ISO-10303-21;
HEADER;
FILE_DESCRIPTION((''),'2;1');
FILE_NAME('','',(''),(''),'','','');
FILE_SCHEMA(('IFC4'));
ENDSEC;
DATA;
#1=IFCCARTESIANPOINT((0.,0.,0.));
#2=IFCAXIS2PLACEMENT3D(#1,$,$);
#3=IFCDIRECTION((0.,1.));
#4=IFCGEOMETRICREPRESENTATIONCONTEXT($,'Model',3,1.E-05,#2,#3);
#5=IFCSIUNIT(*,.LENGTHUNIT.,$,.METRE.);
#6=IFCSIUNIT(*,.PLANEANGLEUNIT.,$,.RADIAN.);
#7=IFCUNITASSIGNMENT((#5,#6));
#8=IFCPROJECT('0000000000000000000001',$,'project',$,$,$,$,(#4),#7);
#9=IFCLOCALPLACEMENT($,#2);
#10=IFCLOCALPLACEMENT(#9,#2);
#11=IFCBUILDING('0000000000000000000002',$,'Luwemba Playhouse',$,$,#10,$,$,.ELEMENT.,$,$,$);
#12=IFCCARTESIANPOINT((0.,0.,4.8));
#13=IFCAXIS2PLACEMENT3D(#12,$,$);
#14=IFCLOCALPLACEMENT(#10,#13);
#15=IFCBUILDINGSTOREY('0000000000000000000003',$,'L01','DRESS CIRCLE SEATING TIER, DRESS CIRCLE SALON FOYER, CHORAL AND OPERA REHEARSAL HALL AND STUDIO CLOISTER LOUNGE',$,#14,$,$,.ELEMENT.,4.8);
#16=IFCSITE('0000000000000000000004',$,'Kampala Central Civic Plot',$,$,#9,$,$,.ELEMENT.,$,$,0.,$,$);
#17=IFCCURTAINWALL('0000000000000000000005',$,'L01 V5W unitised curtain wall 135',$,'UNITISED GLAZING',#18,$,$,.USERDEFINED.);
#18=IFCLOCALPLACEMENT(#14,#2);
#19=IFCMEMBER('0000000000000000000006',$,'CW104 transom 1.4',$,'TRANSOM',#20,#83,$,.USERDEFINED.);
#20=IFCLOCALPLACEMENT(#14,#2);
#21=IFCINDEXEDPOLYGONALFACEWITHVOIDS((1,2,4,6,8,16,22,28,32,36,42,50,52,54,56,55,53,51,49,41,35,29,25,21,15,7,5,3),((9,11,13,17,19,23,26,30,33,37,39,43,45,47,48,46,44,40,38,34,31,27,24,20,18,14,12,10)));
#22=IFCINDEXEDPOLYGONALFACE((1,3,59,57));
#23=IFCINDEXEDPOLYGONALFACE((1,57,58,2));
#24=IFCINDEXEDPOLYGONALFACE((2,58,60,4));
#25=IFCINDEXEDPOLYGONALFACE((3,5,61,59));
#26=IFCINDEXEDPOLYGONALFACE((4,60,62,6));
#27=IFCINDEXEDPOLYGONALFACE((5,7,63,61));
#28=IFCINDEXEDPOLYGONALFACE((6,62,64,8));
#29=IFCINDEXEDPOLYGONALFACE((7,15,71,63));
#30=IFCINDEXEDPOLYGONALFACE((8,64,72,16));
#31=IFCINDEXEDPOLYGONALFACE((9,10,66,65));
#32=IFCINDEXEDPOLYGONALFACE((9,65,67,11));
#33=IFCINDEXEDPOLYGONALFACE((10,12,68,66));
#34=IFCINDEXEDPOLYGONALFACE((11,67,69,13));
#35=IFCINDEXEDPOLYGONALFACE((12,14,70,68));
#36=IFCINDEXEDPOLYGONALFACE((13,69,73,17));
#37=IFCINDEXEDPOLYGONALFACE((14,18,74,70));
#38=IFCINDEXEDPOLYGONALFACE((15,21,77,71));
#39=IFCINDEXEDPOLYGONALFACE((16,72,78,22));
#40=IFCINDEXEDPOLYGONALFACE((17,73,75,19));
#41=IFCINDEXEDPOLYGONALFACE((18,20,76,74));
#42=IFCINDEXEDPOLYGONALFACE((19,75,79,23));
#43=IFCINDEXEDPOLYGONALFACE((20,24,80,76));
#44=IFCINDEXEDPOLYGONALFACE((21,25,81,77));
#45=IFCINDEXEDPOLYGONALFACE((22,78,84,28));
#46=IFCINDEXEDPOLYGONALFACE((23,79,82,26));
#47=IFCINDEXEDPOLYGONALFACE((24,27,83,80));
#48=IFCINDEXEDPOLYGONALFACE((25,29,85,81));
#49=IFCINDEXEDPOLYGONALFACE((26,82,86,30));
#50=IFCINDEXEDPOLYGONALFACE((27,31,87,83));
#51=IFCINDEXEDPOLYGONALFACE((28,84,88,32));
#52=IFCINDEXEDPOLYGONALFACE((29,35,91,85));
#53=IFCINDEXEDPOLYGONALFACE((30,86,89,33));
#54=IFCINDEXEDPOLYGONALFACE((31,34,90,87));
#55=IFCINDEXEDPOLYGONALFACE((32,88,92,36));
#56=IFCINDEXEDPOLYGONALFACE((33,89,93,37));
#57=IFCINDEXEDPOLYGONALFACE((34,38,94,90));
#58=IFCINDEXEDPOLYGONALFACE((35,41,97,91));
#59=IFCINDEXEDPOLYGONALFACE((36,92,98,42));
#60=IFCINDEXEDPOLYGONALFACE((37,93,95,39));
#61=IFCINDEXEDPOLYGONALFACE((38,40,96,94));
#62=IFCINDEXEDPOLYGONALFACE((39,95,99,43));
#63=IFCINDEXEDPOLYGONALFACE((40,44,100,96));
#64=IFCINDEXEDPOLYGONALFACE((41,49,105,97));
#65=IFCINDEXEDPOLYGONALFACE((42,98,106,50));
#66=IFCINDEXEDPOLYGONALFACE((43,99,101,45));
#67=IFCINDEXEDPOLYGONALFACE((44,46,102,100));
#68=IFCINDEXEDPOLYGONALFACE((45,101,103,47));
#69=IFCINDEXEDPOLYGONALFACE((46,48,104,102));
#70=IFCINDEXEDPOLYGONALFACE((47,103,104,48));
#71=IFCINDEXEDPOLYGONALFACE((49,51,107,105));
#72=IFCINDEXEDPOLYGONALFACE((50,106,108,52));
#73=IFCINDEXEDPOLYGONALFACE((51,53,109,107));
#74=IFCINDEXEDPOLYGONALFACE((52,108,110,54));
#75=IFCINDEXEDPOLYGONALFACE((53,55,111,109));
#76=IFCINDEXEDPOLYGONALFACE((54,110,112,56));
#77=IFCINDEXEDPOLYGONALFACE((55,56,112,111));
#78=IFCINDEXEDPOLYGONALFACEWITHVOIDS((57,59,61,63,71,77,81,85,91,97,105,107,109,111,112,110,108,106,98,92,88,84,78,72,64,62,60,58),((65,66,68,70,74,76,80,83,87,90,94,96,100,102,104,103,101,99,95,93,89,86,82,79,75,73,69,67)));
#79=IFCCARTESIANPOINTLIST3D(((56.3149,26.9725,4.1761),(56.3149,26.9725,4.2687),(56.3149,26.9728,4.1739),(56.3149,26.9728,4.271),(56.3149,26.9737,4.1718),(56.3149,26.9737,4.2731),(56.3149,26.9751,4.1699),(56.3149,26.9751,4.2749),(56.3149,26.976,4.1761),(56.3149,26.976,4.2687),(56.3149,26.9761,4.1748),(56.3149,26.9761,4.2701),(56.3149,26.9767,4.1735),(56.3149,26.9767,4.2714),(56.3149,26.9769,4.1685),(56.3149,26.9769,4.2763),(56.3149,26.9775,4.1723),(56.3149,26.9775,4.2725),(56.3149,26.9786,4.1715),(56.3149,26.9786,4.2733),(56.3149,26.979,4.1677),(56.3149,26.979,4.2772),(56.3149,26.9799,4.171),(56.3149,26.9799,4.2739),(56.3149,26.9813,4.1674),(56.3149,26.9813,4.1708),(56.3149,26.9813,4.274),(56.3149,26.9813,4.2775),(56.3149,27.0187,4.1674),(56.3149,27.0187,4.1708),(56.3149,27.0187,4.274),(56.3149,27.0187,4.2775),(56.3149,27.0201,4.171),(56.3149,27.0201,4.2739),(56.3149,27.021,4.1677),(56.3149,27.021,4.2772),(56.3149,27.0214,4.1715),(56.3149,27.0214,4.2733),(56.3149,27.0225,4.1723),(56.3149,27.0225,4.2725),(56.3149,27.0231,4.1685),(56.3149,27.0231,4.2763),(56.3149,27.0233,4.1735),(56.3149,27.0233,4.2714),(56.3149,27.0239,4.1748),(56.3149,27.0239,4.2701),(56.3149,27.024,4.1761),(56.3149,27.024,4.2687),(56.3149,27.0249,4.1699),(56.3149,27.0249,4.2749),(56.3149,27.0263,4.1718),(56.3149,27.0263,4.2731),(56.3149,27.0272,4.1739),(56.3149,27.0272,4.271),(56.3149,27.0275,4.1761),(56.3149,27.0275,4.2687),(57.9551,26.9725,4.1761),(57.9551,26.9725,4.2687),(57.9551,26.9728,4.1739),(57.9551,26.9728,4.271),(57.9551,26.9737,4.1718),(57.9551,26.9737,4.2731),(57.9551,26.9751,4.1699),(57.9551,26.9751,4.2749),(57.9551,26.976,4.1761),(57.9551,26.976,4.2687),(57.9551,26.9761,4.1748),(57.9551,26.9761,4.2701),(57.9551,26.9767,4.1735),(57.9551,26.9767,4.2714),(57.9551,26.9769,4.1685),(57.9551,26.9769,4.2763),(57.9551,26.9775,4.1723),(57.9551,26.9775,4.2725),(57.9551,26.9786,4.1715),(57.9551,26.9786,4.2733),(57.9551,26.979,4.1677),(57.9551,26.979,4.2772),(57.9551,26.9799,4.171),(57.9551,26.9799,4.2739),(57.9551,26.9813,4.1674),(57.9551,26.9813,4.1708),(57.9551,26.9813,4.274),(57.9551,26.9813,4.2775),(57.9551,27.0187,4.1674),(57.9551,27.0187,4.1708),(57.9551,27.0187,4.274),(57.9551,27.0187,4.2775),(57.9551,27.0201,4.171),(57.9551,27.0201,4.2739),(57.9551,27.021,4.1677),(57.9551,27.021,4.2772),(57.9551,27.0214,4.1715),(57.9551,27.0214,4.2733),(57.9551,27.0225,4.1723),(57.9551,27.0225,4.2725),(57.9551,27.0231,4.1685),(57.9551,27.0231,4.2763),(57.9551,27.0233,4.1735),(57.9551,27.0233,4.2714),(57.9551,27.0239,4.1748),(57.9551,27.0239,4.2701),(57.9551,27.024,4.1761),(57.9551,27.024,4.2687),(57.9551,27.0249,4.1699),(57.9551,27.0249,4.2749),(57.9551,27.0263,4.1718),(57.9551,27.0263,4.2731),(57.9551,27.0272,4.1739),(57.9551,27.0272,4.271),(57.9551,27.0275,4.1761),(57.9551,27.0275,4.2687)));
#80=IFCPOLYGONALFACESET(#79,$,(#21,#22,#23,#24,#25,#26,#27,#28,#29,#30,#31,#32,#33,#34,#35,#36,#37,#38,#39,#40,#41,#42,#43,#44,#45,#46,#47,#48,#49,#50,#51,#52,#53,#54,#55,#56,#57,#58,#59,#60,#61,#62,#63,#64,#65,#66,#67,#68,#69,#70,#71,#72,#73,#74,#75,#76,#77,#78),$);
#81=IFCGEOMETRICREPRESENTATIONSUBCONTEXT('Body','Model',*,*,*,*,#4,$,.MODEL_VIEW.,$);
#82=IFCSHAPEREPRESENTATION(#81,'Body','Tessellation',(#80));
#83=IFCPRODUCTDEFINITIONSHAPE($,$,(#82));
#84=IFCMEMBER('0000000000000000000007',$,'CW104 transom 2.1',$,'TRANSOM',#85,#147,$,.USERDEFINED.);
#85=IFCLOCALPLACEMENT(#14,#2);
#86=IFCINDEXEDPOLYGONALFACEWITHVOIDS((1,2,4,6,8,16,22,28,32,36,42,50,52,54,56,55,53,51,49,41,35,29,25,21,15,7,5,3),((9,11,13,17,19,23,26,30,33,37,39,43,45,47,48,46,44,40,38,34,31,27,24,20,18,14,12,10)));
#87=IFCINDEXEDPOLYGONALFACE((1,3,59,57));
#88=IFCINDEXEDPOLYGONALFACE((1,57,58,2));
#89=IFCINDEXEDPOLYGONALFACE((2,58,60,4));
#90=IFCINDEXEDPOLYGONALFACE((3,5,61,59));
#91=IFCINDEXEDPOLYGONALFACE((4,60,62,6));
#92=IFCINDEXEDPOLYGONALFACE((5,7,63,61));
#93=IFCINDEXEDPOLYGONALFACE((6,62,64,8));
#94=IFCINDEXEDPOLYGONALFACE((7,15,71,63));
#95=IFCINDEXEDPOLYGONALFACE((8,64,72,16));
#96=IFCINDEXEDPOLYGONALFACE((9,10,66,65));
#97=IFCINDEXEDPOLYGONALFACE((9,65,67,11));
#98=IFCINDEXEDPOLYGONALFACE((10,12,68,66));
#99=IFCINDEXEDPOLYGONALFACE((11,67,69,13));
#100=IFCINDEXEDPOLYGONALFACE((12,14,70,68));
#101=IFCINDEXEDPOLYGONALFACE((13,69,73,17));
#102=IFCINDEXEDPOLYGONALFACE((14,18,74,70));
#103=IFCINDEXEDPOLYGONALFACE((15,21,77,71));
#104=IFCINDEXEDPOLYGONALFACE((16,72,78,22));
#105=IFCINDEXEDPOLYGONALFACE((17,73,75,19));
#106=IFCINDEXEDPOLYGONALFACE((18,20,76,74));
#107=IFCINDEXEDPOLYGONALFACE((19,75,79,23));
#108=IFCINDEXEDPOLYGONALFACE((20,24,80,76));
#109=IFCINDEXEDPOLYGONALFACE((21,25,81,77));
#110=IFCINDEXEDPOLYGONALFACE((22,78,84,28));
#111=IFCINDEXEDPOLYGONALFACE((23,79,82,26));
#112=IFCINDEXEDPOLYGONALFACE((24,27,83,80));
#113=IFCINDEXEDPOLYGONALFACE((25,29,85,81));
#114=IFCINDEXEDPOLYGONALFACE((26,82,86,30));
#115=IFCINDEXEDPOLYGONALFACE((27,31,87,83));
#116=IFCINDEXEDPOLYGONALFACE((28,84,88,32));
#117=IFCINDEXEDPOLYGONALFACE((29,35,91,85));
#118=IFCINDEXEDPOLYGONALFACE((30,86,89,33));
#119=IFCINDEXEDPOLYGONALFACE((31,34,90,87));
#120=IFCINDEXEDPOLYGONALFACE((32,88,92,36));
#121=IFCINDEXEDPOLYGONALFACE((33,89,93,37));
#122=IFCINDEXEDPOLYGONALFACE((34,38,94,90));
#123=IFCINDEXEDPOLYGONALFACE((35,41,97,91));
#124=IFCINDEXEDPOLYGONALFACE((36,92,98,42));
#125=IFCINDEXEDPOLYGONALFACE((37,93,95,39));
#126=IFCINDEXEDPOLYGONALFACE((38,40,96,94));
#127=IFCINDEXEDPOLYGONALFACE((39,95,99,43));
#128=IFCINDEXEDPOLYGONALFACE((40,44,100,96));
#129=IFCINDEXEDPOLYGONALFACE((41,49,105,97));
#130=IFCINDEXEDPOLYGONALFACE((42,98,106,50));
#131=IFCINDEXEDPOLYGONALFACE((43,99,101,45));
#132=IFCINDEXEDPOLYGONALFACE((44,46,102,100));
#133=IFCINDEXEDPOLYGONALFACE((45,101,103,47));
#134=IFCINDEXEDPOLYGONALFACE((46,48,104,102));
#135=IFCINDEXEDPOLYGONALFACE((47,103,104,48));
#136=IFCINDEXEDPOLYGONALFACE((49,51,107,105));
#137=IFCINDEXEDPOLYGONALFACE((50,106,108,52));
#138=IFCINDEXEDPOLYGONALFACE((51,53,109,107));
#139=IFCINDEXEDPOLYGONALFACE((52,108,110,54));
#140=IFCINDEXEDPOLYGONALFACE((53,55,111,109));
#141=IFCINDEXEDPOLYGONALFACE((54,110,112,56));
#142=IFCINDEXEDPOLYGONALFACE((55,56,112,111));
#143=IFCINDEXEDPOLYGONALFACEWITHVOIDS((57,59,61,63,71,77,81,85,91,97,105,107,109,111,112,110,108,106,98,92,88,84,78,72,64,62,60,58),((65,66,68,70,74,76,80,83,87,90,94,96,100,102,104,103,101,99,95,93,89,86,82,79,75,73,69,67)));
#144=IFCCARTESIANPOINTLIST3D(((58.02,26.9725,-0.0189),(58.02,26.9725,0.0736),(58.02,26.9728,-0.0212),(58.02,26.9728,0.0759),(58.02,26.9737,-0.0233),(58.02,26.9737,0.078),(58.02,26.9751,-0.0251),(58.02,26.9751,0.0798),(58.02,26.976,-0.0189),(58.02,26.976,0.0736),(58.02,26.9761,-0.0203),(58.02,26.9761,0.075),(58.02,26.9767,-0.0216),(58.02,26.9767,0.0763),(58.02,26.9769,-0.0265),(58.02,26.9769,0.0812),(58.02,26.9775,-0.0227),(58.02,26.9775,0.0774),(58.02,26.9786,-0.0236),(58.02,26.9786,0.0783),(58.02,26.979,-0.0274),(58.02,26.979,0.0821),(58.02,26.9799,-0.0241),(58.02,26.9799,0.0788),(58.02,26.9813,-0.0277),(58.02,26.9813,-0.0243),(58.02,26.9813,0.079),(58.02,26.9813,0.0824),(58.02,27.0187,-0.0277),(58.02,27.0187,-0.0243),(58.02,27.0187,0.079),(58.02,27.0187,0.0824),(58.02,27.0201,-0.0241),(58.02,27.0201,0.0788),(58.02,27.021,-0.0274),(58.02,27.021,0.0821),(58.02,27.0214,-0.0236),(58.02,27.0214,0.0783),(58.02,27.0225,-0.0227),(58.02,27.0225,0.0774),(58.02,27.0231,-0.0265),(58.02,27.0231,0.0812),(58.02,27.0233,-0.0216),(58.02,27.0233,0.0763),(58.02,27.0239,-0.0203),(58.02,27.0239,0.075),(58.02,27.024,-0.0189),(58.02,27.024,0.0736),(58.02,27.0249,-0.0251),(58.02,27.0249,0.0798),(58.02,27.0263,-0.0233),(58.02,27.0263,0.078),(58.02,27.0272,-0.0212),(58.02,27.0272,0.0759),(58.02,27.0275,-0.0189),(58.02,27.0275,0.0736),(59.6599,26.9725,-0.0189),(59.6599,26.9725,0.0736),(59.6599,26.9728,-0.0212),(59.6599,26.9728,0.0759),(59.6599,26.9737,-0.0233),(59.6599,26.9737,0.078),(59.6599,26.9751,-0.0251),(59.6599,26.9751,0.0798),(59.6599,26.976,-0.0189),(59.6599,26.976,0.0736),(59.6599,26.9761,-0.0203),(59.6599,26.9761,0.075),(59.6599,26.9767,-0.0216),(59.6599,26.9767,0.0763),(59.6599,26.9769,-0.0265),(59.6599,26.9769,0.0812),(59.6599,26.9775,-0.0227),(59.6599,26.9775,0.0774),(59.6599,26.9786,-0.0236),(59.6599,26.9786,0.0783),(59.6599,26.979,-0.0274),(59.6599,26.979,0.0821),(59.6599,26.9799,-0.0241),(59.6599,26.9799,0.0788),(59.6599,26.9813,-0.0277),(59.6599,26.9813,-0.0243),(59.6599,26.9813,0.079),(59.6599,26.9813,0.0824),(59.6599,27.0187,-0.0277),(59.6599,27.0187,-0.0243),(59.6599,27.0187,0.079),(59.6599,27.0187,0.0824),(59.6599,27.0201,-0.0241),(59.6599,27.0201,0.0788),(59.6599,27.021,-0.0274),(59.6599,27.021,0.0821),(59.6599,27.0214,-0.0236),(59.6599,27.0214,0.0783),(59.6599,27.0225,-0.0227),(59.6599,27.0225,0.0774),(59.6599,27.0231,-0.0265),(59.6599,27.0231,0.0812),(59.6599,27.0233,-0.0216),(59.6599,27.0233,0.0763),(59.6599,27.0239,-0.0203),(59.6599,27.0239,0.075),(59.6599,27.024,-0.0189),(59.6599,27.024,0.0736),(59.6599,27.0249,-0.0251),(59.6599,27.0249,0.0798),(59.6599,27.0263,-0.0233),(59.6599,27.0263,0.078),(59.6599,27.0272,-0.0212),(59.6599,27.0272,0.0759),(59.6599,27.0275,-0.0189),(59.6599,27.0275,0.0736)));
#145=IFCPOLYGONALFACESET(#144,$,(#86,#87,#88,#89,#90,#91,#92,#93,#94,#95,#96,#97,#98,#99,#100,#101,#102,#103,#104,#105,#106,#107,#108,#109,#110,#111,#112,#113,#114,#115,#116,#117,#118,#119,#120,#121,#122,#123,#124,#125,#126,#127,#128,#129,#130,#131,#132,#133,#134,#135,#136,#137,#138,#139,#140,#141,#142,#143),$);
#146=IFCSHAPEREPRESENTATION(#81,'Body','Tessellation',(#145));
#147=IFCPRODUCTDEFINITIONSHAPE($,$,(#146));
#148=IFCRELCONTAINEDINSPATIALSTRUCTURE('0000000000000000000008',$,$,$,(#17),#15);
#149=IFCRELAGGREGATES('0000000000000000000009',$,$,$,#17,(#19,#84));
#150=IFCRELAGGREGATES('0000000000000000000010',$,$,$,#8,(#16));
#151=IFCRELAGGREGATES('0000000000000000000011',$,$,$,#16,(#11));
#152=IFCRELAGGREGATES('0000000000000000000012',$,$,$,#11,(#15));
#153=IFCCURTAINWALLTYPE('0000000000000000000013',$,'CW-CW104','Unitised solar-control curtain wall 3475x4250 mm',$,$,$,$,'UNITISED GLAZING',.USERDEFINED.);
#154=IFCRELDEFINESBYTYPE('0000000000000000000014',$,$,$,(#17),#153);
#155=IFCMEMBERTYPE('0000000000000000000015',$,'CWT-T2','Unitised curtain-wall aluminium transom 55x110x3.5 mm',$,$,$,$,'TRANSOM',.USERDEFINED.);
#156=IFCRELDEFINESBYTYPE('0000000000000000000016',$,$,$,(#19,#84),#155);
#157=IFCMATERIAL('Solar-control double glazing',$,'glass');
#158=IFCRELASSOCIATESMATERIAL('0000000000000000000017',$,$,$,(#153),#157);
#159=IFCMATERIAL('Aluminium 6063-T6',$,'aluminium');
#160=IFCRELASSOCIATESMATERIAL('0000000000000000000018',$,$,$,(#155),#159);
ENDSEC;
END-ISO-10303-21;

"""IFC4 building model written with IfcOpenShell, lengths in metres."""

from ifc_helpers import new_model, si_unit, direction, frame, origin, origin_2d, place, context, subcontext, project, spatial, hollow_rectangle, extrude, material, material_profile, profile_set, type_object, element, aggregate, save


model = new_model("IFC4")

# Units and contexts
model_context = context("Model", 3, precision=1e-05, world=origin(), true_north=direction((0.0, 1.0)))
body_context = subcontext(model_context, "Body", "Model", "MODEL_VIEW")
ifc_project = project(units=[si_unit("LENGTHUNIT", "METRE"), si_unit("PLANEANGLEUNIT", "RADIAN")], contexts=[model_context])

# Site, building, storey
site_placement = place(None, origin())
site = spatial("IfcSite", under=ifc_project, at=site_placement, Name="Kampala Central Civic Plot", CompositionType="ELEMENT", RefElevation=0.0)
building_placement = place(site_placement, origin())
building = spatial("IfcBuilding", under=site, at=building_placement, Name="Luwemba Playhouse", CompositionType="ELEMENT")
storey_placement = place(building_placement, frame((0.0, 0.0, 4.8)))
storey = spatial("IfcBuildingStorey", under=building, at=storey_placement, Name="L01", Description="DRESS CIRCLE SEATING TIER, DRESS CIRCLE SALON FOYER, CHORAL AND OPERA REHEARSAL HALL AND STUDIO CLOISTER LOUNGE", CompositionType="ELEMENT", Elevation=4.8)

# Curtain wall
ifc_material_1 = material(Name="Solar-control double glazing", Category="glass")
ifc_material_2 = material(Name="Aluminium 6063-T6", Category="aluminium")
curtain_wall_type_1 = type_object("IfcCurtainWallType", Name="CW-CW104", Description="Unitised solar-control curtain wall 3475x4250 mm", ElementType="UNITISED GLAZING", PredefinedType="USERDEFINED", material=ifc_material_1)
curtain_wall_1_placement = place(storey_placement, origin())
curtain_wall_1 = element("IfcCurtainWall", 1, at=curtain_wall_1_placement, inside=storey, type_object=curtain_wall_type_1, Name="L01 V5W unitised curtain wall 135", ObjectType="UNITISED GLAZING", PredefinedType="USERDEFINED")

# Members
ifc_material_profile_1 = material_profile(ifc_material_2, hollow_rectangle(XDim=0.0549, YDim=0.1101, WallThickness=0.0034, InnerFilletRadius=0.0054, OuterFilletRadius=0.0088, at=origin_2d()))
ifc_profile_set_1 = profile_set([ifc_material_profile_1], Name="Aluminium 6063-T6")
member_type_1 = type_object("IfcMemberType", Name="CWT-T2", Description="Unitised curtain-wall aluminium transom 55x110x3.5 mm", ElementType="TRANSOM", PredefinedType="USERDEFINED", material=ifc_profile_set_1)
member_1_placement = place(storey_placement, frame((56.3149, 27.0, 4.2224), z_axis=(1.0, 0.0, 0.0), x_axis=(0.0, 1.0, 0.0)))
member_1 = element("IfcMember", 2, at=member_1_placement, type_object=member_type_1, Name="CW104 transom 1.4", ObjectType="TRANSOM", PredefinedType="USERDEFINED", context=body_context, shape_type="SweptSolid", body=[
    extrude(hollow_rectangle(XDim=0.0549, YDim=0.1101, WallThickness=0.0034, InnerFilletRadius=0.0054, OuterFilletRadius=0.0088, at=origin_2d()), origin(), (0.0, 0.0, 1.0), 1.6401),
])
member_2_placement = place(storey_placement, frame((58.02, 27.0, 0.0273), z_axis=(1.0, 0.0, 0.0), x_axis=(0.0, 1.0, 0.0)))
member_2 = element("IfcMember", 3, at=member_2_placement, type_object=member_type_1, Name="CW104 transom 2.1", ObjectType="TRANSOM", PredefinedType="USERDEFINED", context=body_context, shape_type="SweptSolid", body=[
    extrude(hollow_rectangle(XDim=0.0549, YDim=0.1101, WallThickness=0.0034, InnerFilletRadius=0.0054, OuterFilletRadius=0.0088, at=origin_2d()), origin(), (0.0, 0.0, 1.0), 1.6399),
])

aggregate(curtain_wall_1, [member_1, member_2])

save(model, "model.ifc")
